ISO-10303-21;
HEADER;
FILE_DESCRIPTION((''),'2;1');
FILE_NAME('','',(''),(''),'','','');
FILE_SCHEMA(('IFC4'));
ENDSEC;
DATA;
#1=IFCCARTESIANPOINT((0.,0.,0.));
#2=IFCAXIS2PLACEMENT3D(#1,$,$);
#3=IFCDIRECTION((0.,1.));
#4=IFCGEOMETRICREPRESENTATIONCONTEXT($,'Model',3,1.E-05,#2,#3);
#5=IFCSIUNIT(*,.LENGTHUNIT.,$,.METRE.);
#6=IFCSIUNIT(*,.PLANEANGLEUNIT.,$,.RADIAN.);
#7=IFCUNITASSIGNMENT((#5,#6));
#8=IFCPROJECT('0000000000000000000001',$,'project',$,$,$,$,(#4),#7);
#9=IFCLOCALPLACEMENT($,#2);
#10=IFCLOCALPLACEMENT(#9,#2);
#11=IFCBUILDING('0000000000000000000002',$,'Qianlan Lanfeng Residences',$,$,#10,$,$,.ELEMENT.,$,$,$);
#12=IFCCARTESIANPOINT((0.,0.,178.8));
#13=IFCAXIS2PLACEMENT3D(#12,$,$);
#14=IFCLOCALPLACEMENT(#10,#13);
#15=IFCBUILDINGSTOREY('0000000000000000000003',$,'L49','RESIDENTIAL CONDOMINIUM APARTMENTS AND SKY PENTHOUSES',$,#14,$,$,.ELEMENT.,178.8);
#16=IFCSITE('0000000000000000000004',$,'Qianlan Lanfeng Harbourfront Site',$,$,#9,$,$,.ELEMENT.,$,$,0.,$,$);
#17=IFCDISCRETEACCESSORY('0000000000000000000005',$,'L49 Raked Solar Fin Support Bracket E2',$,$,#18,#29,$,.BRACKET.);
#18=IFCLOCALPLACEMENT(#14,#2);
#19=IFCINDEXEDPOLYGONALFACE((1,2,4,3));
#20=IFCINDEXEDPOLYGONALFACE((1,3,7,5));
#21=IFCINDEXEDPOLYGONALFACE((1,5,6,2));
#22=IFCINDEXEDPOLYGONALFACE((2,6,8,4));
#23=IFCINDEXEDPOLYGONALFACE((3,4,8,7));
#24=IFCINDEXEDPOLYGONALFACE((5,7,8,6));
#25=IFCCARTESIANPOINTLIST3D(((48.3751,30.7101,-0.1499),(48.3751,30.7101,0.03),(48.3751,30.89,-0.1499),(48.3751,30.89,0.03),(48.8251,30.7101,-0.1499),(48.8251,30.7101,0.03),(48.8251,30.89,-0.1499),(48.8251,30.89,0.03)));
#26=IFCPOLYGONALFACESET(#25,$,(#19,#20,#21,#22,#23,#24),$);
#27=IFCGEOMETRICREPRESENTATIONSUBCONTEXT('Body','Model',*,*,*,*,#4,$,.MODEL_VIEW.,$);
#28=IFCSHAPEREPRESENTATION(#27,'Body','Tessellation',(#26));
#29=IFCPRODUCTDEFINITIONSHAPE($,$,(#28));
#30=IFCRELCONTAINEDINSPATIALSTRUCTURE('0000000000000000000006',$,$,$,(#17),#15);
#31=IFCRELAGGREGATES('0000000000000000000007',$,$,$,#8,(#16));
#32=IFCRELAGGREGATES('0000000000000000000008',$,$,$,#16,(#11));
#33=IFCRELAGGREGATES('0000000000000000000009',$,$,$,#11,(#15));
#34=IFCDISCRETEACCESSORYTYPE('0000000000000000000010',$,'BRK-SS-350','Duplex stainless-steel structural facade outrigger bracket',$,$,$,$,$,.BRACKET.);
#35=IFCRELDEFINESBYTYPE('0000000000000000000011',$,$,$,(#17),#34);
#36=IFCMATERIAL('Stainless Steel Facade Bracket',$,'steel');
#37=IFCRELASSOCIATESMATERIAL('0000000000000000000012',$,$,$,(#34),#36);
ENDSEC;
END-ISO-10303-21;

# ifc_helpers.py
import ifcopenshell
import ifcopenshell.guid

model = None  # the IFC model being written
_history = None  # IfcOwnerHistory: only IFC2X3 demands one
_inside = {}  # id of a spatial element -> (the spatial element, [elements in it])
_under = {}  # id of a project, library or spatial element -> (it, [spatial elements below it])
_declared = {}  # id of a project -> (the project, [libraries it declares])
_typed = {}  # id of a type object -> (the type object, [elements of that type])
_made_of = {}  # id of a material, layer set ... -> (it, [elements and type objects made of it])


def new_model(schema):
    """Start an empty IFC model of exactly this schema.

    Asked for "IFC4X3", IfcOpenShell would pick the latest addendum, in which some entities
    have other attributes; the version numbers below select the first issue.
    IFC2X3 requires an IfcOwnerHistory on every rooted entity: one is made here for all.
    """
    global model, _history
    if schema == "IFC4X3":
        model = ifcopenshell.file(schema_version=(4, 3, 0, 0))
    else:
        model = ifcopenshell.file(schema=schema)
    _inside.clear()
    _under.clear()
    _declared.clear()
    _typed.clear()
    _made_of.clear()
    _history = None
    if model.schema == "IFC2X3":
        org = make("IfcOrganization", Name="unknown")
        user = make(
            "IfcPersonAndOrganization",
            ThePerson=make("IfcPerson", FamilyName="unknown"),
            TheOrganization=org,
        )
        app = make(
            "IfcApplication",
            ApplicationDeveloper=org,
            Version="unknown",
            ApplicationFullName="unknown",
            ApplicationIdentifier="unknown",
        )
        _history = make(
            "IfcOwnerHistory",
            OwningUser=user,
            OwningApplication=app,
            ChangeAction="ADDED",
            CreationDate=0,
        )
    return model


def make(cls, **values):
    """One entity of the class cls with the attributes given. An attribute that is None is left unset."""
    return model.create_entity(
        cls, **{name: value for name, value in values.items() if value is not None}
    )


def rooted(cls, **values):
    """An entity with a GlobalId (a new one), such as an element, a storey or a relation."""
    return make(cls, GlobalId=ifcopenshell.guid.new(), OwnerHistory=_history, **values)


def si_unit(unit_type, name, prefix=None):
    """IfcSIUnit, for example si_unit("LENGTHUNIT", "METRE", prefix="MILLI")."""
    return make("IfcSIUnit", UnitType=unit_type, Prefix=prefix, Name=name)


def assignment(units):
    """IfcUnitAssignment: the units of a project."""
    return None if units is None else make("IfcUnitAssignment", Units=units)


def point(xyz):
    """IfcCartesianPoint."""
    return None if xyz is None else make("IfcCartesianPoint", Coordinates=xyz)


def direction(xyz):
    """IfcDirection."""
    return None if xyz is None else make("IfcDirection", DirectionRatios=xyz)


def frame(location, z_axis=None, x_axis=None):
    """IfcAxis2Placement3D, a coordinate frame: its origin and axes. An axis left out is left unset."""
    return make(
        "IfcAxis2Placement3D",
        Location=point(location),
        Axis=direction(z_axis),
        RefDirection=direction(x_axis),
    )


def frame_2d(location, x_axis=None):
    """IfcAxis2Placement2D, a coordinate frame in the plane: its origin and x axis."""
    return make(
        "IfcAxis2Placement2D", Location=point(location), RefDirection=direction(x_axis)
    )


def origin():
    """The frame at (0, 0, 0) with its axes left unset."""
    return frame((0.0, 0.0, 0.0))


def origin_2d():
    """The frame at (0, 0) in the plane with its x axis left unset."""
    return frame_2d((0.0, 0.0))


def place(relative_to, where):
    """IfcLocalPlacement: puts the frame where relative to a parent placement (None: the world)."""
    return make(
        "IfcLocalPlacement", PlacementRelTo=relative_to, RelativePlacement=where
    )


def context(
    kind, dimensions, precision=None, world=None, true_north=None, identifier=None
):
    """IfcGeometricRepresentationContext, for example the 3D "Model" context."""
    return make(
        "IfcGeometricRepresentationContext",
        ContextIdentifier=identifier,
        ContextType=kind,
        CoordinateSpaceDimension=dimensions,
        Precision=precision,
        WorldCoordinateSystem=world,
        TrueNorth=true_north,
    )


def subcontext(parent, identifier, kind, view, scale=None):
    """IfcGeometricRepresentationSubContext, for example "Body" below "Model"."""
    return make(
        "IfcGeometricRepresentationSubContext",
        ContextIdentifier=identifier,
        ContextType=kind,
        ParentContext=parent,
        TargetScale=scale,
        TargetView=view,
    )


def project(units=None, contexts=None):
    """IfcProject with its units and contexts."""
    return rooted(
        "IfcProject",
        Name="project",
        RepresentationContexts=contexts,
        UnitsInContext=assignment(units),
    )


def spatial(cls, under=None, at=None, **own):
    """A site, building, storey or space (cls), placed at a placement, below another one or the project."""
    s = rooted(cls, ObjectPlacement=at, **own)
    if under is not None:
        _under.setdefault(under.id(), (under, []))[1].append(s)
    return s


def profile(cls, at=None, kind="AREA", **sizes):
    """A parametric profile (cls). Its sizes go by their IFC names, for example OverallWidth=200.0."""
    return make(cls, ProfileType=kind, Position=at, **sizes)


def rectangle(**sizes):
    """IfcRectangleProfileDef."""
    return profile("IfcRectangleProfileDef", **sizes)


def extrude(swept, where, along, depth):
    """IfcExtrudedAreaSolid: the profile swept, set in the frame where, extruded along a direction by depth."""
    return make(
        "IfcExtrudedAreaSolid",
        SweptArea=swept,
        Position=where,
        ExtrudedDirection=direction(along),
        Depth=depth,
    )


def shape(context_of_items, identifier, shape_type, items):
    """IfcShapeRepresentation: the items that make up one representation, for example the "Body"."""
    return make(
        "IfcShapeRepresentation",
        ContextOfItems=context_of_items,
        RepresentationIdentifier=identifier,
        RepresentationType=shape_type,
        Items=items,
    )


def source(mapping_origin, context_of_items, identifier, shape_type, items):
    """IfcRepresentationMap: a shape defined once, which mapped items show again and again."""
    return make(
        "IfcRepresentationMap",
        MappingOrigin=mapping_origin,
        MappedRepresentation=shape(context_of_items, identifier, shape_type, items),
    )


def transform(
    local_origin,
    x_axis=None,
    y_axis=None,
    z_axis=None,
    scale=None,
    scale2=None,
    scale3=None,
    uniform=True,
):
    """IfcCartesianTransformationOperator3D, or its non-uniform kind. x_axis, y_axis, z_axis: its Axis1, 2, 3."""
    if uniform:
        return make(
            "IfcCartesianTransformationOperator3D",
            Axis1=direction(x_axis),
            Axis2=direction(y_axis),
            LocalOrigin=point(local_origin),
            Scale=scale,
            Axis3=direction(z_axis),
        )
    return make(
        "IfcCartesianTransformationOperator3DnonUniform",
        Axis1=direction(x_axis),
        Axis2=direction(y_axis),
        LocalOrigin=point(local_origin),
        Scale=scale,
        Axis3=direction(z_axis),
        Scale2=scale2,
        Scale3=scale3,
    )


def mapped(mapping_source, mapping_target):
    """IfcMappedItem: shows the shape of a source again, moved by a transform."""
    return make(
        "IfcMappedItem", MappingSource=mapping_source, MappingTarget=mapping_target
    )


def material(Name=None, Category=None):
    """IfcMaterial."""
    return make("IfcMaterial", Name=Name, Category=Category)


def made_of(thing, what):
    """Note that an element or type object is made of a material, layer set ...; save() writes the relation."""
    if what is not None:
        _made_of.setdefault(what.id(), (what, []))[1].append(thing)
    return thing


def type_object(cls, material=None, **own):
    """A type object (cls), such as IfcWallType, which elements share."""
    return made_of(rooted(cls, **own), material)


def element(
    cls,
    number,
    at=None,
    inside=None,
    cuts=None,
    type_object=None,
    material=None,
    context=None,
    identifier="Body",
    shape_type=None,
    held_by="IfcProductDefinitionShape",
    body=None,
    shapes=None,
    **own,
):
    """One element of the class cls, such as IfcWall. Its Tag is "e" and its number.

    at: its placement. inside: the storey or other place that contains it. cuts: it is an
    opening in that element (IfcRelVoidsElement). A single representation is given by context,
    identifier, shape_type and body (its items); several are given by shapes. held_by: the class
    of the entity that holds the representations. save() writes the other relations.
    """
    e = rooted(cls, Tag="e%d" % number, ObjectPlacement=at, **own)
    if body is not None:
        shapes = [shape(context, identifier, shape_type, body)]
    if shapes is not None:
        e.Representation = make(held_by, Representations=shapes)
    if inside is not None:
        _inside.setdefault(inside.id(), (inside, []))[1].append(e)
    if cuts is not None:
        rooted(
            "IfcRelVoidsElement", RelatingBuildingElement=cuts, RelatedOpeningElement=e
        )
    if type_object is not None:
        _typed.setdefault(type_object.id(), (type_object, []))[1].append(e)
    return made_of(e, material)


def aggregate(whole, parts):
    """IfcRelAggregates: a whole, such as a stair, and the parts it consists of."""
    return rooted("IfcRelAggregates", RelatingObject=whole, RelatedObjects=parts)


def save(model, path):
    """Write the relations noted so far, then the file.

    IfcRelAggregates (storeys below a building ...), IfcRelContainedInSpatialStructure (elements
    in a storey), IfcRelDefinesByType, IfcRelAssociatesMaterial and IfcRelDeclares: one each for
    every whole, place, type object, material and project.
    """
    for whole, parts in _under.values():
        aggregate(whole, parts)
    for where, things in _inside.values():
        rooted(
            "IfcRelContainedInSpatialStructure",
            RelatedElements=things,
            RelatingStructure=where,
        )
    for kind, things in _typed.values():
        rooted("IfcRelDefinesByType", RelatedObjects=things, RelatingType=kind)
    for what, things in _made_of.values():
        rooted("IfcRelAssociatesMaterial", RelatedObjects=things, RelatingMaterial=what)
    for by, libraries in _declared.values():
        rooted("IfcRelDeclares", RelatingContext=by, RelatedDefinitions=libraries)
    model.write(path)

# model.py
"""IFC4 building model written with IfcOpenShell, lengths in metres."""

from ifc_helpers import new_model, si_unit, direction, frame, origin, origin_2d, place, context, subcontext, project, spatial, rectangle, extrude, source, transform, mapped, material, type_object, element, save


model = new_model("IFC4")

# Units and contexts
model_context = context("Model", 3, precision=1e-05, world=origin(), true_north=direction((0.0, 1.0)))
body_context = subcontext(model_context, "Body", "Model", "MODEL_VIEW")
ifc_project = project(units=[si_unit("LENGTHUNIT", "METRE"), si_unit("PLANEANGLEUNIT", "RADIAN")], contexts=[model_context])

# Site, building, storey
site_placement = place(None, origin())
site = spatial("IfcSite", under=ifc_project, at=site_placement, Name="Qianlan Lanfeng Harbourfront Site", CompositionType="ELEMENT", RefElevation=0.0)
building_placement = place(site_placement, origin())
building = spatial("IfcBuilding", under=site, at=building_placement, Name="Qianlan Lanfeng Residences", CompositionType="ELEMENT")
storey_placement = place(building_placement, frame((0.0, 0.0, 178.8)))
storey = spatial("IfcBuildingStorey", under=building, at=storey_placement, Name="L49", Description="RESIDENTIAL CONDOMINIUM APARTMENTS AND SKY PENTHOUSES", CompositionType="ELEMENT", Elevation=178.8)

# Discrete accessory
ifc_material_1 = material(Name="Stainless Steel Facade Bracket", Category="steel")
discrete_accessory_type = type_object("IfcDiscreteAccessoryType", Name="BRK-SS-350", Description="Duplex stainless-steel structural facade outrigger bracket", PredefinedType="BRACKET", material=ifc_material_1)
shared_shape_1 = source(origin(), body_context, "Body", "SweptSolid", [
    extrude(rectangle(XDim=0.45, YDim=0.1799, at=origin_2d()), origin(), (0.0, 0.0, 1.0), 0.1799),
])
discrete_accessory_placement = place(storey_placement, frame((48.6001, 30.8, -0.1499), z_axis=(0.0, 0.0, 1.0), x_axis=(1.0, 0.0, 0.0)))
element("IfcDiscreteAccessory", 1, at=discrete_accessory_placement, inside=storey, type_object=discrete_accessory_type, Name="L49 Raked Solar Fin Support Bracket E2", PredefinedType="BRACKET", context=body_context, shape_type="MappedRepresentation", body=[
    mapped(shared_shape_1, transform((0.0, 0.0, 0.0), scale=1.0)),
])

save(model, "model.ifc")
